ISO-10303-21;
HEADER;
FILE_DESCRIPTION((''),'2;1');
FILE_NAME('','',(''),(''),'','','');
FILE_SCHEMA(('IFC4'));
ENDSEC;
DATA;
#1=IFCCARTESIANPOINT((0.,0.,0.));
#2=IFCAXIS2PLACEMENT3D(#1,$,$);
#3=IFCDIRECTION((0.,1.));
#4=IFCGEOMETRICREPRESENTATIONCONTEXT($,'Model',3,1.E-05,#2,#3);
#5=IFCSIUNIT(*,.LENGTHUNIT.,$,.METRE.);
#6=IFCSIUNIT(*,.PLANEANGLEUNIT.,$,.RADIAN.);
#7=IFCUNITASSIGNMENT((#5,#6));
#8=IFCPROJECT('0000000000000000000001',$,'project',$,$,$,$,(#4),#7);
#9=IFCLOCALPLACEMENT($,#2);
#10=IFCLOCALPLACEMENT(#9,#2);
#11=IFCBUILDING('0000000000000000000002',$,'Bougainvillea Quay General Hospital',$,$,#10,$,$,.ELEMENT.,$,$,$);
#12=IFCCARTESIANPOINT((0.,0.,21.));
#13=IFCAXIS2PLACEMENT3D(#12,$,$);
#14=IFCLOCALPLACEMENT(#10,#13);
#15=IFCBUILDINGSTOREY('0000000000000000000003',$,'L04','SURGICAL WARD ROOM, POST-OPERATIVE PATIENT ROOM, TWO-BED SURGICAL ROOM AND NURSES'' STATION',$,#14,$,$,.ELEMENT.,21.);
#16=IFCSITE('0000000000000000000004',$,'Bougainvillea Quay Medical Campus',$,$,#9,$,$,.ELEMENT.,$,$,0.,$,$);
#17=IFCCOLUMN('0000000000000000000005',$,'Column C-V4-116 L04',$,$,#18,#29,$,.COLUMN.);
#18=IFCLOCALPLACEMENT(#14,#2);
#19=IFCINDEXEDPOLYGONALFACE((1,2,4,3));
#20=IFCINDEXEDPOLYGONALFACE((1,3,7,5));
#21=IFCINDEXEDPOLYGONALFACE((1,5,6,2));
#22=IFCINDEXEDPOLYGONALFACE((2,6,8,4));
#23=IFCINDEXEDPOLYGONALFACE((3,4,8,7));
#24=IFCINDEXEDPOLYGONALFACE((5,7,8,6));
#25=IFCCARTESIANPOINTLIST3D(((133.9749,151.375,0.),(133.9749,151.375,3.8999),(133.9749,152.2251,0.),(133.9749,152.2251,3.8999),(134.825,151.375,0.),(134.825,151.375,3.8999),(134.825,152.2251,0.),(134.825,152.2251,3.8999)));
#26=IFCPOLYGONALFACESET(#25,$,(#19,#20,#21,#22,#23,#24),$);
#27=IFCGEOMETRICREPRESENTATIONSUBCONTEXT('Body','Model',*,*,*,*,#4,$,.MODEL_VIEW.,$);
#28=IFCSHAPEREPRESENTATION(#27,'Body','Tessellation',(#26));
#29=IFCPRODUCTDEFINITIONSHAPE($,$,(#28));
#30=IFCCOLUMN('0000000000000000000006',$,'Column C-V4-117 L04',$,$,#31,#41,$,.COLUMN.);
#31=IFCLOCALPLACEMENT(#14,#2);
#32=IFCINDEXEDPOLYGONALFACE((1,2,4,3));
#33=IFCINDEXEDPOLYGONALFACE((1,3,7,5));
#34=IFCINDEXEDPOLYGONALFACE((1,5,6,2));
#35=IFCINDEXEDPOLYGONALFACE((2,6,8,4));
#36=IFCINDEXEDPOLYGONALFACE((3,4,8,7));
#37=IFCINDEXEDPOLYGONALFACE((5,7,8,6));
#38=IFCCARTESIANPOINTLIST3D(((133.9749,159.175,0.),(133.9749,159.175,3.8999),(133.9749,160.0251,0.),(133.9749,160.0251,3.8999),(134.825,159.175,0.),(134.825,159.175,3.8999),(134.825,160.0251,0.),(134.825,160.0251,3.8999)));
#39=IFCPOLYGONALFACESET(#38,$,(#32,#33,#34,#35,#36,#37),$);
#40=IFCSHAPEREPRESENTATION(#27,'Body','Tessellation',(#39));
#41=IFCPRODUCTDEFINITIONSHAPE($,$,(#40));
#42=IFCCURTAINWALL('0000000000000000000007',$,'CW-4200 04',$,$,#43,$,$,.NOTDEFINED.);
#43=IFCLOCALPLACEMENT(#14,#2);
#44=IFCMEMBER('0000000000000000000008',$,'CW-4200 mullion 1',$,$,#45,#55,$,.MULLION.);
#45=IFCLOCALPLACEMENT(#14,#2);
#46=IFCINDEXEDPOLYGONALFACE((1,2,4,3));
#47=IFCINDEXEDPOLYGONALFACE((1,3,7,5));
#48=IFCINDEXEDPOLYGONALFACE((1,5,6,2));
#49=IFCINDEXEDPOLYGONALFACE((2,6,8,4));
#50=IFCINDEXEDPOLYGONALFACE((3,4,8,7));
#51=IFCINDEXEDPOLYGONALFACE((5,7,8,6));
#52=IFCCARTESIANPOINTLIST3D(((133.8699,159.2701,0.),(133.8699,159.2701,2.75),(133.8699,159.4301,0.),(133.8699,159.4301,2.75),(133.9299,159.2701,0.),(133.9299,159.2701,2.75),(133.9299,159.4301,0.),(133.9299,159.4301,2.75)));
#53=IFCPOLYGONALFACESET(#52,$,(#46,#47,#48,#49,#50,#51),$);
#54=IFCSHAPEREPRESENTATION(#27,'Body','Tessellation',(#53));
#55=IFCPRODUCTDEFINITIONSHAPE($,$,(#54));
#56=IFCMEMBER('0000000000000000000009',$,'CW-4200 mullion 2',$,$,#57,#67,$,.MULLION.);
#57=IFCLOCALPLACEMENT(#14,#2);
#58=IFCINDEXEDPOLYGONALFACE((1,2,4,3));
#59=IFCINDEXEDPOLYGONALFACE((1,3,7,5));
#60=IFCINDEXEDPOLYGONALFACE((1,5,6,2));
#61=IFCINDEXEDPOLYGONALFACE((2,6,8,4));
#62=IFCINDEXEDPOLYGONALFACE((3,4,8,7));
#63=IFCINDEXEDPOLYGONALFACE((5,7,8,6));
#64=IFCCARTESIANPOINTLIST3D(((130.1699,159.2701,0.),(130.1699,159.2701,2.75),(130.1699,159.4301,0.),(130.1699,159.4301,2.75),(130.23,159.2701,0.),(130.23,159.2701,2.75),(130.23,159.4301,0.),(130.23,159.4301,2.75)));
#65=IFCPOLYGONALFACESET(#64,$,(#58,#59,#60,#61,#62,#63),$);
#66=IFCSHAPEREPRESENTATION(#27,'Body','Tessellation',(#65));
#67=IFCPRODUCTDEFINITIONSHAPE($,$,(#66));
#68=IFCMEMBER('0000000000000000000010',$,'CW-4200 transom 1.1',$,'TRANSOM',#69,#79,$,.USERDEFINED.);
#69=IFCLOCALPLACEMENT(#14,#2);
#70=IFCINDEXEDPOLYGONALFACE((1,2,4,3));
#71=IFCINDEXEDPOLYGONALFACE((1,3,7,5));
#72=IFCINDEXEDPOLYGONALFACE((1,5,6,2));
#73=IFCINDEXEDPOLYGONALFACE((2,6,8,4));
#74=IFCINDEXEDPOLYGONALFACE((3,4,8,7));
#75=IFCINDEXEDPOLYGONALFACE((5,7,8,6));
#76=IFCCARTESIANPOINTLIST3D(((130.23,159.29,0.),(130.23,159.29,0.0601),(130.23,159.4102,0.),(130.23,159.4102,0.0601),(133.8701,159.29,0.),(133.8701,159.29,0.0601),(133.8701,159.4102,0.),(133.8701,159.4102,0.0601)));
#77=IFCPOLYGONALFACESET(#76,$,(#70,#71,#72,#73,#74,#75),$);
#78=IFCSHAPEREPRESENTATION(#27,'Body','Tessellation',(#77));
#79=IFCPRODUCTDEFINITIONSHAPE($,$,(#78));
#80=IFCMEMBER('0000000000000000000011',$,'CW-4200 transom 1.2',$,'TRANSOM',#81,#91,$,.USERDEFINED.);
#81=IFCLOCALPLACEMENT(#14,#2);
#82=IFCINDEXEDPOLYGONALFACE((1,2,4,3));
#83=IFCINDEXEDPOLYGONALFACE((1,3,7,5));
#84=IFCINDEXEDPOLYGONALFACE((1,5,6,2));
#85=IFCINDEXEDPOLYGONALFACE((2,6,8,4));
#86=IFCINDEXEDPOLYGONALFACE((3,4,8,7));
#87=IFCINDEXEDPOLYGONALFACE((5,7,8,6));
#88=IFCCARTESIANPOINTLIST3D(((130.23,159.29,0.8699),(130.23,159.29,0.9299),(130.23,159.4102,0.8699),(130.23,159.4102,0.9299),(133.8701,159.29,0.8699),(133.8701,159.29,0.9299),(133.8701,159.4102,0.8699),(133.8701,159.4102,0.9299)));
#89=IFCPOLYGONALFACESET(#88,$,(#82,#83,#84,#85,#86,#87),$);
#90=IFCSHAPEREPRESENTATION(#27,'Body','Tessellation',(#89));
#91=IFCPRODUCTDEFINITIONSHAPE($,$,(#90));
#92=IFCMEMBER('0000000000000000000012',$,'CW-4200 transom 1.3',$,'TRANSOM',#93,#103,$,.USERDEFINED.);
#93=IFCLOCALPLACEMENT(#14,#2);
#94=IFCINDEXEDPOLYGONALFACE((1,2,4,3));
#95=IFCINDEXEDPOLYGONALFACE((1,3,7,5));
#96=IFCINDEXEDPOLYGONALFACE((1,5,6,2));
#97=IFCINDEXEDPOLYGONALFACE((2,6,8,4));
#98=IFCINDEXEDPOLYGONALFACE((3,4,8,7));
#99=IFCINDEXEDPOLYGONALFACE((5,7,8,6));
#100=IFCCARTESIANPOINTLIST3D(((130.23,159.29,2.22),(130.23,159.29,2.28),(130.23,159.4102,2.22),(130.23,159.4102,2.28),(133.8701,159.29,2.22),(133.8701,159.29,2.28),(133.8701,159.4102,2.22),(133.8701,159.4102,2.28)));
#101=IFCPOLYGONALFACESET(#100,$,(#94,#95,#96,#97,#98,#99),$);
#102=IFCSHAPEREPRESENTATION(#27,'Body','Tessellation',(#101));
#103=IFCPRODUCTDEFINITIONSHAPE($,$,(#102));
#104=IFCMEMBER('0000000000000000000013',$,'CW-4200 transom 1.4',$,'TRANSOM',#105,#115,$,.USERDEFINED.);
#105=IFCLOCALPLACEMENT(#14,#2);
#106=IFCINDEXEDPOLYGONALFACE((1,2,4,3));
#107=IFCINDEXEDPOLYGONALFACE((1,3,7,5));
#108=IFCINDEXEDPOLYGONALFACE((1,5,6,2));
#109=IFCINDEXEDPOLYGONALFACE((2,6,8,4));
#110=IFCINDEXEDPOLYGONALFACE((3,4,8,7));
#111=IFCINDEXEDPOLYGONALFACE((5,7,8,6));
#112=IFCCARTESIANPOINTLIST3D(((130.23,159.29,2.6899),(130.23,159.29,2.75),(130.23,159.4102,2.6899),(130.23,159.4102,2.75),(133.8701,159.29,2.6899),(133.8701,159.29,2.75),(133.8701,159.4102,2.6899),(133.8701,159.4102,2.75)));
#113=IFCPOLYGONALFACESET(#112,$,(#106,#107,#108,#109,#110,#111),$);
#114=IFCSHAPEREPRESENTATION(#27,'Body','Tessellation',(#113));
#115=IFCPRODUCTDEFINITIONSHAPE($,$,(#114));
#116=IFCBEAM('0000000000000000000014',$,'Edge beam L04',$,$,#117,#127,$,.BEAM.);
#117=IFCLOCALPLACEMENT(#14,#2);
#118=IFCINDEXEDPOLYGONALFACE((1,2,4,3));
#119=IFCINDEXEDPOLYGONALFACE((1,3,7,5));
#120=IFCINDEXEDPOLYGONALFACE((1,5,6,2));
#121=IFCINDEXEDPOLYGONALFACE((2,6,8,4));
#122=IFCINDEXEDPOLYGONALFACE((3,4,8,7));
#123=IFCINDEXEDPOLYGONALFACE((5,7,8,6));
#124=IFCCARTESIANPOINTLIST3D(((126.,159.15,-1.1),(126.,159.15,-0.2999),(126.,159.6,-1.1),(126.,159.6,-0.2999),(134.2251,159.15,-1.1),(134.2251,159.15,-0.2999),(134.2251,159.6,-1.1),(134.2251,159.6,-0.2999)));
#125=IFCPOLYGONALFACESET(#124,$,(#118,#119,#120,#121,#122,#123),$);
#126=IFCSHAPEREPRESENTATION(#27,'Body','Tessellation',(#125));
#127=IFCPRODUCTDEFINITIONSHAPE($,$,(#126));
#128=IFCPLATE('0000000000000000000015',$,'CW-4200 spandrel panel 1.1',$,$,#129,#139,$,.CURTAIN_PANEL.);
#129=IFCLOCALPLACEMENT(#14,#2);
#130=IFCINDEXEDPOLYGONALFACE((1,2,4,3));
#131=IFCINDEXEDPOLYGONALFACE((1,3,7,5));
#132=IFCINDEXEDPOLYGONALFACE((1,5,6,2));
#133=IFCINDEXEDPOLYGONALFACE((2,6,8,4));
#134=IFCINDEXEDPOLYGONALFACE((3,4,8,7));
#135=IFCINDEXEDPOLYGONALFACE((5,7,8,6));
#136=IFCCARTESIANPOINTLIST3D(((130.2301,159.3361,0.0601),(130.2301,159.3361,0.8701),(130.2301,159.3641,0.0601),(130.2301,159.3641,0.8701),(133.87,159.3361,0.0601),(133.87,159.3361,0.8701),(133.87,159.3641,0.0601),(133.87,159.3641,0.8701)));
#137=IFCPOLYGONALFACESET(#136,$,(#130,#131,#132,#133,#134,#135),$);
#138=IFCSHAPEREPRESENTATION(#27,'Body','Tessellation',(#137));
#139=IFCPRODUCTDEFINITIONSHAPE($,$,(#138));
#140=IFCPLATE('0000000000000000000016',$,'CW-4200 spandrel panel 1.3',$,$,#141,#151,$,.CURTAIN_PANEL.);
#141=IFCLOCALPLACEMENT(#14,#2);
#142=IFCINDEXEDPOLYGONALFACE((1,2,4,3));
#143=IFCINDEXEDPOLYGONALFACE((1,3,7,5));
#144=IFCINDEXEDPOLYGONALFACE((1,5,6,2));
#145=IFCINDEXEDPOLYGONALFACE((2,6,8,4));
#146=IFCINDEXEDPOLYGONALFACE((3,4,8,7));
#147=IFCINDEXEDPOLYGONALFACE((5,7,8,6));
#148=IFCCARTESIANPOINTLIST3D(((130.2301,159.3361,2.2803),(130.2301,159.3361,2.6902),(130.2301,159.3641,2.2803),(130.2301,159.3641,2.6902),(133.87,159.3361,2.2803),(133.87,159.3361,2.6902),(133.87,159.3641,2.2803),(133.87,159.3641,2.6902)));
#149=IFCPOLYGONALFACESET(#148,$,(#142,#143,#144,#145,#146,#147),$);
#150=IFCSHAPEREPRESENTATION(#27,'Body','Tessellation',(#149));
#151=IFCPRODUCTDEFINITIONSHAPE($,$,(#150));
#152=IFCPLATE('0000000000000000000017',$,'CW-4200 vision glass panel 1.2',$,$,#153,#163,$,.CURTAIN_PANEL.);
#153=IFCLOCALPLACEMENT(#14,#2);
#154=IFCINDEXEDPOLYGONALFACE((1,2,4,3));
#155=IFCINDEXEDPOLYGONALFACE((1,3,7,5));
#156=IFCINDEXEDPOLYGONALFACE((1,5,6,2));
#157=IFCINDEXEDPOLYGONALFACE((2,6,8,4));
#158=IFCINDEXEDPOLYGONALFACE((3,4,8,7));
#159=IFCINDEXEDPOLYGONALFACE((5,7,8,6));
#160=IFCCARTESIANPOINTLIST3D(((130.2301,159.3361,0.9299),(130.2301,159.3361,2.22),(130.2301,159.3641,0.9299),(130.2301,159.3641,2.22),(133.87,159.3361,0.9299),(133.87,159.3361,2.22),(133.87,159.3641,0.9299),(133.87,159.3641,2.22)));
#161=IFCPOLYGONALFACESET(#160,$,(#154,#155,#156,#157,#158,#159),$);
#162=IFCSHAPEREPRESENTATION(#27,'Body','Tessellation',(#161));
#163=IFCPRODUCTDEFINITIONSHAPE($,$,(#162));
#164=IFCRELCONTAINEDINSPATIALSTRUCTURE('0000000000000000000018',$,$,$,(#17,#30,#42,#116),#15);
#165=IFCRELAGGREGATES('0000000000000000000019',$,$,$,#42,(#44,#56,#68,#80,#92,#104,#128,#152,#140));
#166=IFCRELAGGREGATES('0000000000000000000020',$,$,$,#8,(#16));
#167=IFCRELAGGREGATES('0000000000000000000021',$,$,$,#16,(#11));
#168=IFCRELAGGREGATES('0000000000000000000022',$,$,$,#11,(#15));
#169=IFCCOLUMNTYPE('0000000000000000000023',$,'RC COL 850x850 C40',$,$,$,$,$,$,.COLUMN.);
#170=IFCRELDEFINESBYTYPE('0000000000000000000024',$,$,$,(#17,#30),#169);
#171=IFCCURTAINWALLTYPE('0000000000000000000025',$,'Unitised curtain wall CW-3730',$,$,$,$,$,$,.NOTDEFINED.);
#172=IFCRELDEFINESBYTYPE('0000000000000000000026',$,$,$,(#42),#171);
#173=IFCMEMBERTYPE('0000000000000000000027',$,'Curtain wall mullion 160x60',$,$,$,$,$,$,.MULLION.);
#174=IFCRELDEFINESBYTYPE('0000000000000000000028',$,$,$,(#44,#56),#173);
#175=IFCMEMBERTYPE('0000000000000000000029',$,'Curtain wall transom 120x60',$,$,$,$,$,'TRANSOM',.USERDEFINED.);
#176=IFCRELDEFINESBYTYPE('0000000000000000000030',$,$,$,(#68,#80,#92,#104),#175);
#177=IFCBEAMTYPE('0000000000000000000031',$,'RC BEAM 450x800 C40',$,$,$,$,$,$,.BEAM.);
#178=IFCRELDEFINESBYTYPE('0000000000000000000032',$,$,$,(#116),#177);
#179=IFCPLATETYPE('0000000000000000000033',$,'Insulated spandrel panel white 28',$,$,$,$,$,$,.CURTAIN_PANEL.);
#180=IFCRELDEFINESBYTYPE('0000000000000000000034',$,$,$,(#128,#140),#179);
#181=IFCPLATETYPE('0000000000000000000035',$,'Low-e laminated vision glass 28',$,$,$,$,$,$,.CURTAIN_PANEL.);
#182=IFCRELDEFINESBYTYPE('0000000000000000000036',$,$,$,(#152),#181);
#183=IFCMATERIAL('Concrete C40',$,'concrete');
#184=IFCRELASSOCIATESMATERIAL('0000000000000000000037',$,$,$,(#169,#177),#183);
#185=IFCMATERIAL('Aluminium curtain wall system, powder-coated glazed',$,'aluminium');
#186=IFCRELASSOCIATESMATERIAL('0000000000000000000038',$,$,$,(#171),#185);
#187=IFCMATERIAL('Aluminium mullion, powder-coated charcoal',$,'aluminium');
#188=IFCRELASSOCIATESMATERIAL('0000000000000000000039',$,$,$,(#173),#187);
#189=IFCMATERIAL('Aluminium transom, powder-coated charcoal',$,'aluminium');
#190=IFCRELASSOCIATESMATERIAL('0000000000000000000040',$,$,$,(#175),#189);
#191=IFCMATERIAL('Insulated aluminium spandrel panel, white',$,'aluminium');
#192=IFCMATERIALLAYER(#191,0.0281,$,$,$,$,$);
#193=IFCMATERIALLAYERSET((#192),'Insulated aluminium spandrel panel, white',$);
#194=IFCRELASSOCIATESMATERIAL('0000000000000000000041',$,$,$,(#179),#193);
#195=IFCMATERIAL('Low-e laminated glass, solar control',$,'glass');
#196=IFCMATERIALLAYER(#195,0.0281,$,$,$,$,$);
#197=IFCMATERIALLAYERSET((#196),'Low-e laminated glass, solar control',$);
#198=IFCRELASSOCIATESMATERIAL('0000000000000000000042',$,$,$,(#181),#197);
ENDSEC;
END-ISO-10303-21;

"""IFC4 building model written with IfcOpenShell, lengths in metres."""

from ifc_helpers import new_model, si_unit, direction, frame, origin, origin_2d, place, context, subcontext, project, spatial, rectangle, extrude, material, layer, layer_set, material_profile, profile_set, type_object, element, aggregate, save


model = new_model("IFC4")

# Units and contexts
model_context = context("Model", 3, precision=1e-05, world=origin(), true_north=direction((0.0, 1.0)))
body_context = subcontext(model_context, "Body", "Model", "MODEL_VIEW")
ifc_project = project(units=[si_unit("LENGTHUNIT", "METRE"), si_unit("PLANEANGLEUNIT", "RADIAN")], contexts=[model_context])

# Site, building, storey
site_placement = place(None, origin())
site = spatial("IfcSite", under=ifc_project, at=site_placement, Name="Bougainvillea Quay Medical Campus", CompositionType="ELEMENT", RefElevation=0.0)
building_placement = place(site_placement, origin())
building = spatial("IfcBuilding", under=site, at=building_placement, Name="Bougainvillea Quay General Hospital", CompositionType="ELEMENT")
storey_placement = place(building_placement, frame((0.0, 0.0, 21.0)))
storey = spatial("IfcBuildingStorey", under=building, at=storey_placement, Name="L04", Description="SURGICAL WARD ROOM, POST-OPERATIVE PATIENT ROOM, TWO-BED SURGICAL ROOM AND NURSES' STATION", CompositionType="ELEMENT", Elevation=21.0)

# Columns
ifc_material_1 = material(Name="Concrete C40", Category="concrete")
ifc_material_profile_1 = material_profile(ifc_material_1, rectangle(XDim=0.8501, YDim=0.8501, at=origin_2d()))
ifc_profile_set_1 = profile_set([ifc_material_profile_1], Name="Concrete C40")
column_type = type_object("IfcColumnType", Name="RC COL 850x850 C40", PredefinedType="COLUMN", material=ifc_profile_set_1)
for number, where, z_axis, x_axis, name in (
    (1, (134.3999, 151.8, 0.0), (0.0, 0.0, 1.0), (1.0, 0.0, 0.0), "Column C-V4-116 L04"),
    (2, (134.3999, 159.6001, 0.0), (0.0, 0.0, 1.0), (1.0, 0.0, 0.0), "Column C-V4-117 L04"),
):
    element("IfcColumn", number, at=place(storey_placement, frame(where, z_axis=z_axis, x_axis=x_axis)), inside=storey, type_object=column_type, Name=name, PredefinedType="COLUMN", context=body_context, shape_type="SweptSolid", body=[
        extrude(rectangle(XDim=0.8501, YDim=0.8501, at=origin_2d()), origin(), (0.0, 0.0, 1.0), 3.8999),
    ])

# Curtain wall, members
ifc_material_2 = material(Name="Aluminium curtain wall system, powder-coated glazed", Category="aluminium")
curtain_wall_type = type_object("IfcCurtainWallType", Name="Unitised curtain wall CW-3730", PredefinedType="NOTDEFINED", material=ifc_material_2)
curtain_wall_placement = place(storey_placement, origin())
curtain_wall = element("IfcCurtainWall", 3, at=curtain_wall_placement, inside=storey, type_object=curtain_wall_type, Name="CW-4200 04", PredefinedType="NOTDEFINED")
ifc_material_3 = material(Name="Aluminium mullion, powder-coated charcoal", Category="aluminium")
ifc_material_profile_2 = material_profile(ifc_material_3, rectangle(XDim=0.1599, YDim=0.0601, at=origin_2d()))
ifc_profile_set_2 = profile_set([ifc_material_profile_2], Name="Aluminium mullion, powder-coated charcoal")
member_type_1 = type_object("IfcMemberType", Name="Curtain wall mullion 160x60", PredefinedType="MULLION", material=ifc_profile_set_2)
member_1_placement = place(storey_placement, frame((133.8999, 159.3501, 0.0), z_axis=(0.0, 0.0, 1.0), x_axis=(0.0, -1.0, 0.0)))
member_1 = element("IfcMember", 4, at=member_1_placement, type_object=member_type_1, Name="CW-4200 mullion 1", PredefinedType="MULLION", context=body_context, shape_type="SweptSolid", body=[
    extrude(rectangle(XDim=0.1599, YDim=0.0601, at=origin_2d()), origin(), (0.0, 0.0, 1.0), 2.75),
])
member_2_placement = place(storey_placement, frame((130.2, 159.3501, 0.0), z_axis=(0.0, 0.0, 1.0), x_axis=(0.0, -1.0, 0.0)))
member_2 = element("IfcMember", 5, at=member_2_placement, type_object=member_type_1, Name="CW-4200 mullion 2", PredefinedType="MULLION", context=body_context, shape_type="SweptSolid", body=[
    extrude(rectangle(XDim=0.1599, YDim=0.0601, at=origin_2d()), origin(), (0.0, 0.0, 1.0), 2.75),
])
ifc_material_4 = material(Name="Aluminium transom, powder-coated charcoal", Category="aluminium")
ifc_material_profile_3 = material_profile(ifc_material_4, rectangle(XDim=0.1201, YDim=0.0601, at=origin_2d()))
ifc_profile_set_3 = profile_set([ifc_material_profile_3], Name="Aluminium transom, powder-coated charcoal")
member_type_2 = type_object("IfcMemberType", Name="Curtain wall transom 120x60", ElementType="TRANSOM", PredefinedType="USERDEFINED", material=ifc_profile_set_3)
member_3_placement = place(storey_placement, frame((133.8701, 159.3501, 0.03), z_axis=(-1.0, 0.0, 0.0), x_axis=(0.0, -1.0, 0.0)))
member_3 = element("IfcMember", 6, at=member_3_placement, type_object=member_type_2, Name="CW-4200 transom 1.1", ObjectType="TRANSOM", PredefinedType="USERDEFINED", context=body_context, shape_type="SweptSolid", body=[
    extrude(rectangle(XDim=0.1201, YDim=0.0601, at=origin_2d()), origin(), (0.0, 0.0, 1.0), 3.6401),
])
member_4_placement = place(storey_placement, frame((133.8701, 159.3501, 0.8999), z_axis=(-1.0, 0.0, 0.0), x_axis=(0.0, -1.0, 0.0)))
member_4 = element("IfcMember", 7, at=member_4_placement, type_object=member_type_2, Name="CW-4200 transom 1.2", ObjectType="TRANSOM", PredefinedType="USERDEFINED", context=body_context, shape_type="SweptSolid", body=[
    extrude(rectangle(XDim=0.1201, YDim=0.0601, at=origin_2d()), origin(), (0.0, 0.0, 1.0), 3.6401),
])
member_5_placement = place(storey_placement, frame((133.8701, 159.3501, 2.25), z_axis=(-1.0, 0.0, 0.0), x_axis=(0.0, -1.0, 0.0)))
member_5 = element("IfcMember", 8, at=member_5_placement, type_object=member_type_2, Name="CW-4200 transom 1.3", ObjectType="TRANSOM", PredefinedType="USERDEFINED", context=body_context, shape_type="SweptSolid", body=[
    extrude(rectangle(XDim=0.1201, YDim=0.0601, at=origin_2d()), origin(), (0.0, 0.0, 1.0), 3.6401),
])
member_6_placement = place(storey_placement, frame((133.8701, 159.3501, 2.72), z_axis=(-1.0, 0.0, 0.0), x_axis=(0.0, -1.0, 0.0)))
member_6 = element("IfcMember", 9, at=member_6_placement, type_object=member_type_2, Name="CW-4200 transom 1.4", ObjectType="TRANSOM", PredefinedType="USERDEFINED", context=body_context, shape_type="SweptSolid", body=[
    extrude(rectangle(XDim=0.1201, YDim=0.0601, at=origin_2d()), origin(), (0.0, 0.0, 1.0), 3.6401),
])

# Beam
ifc_material_profile_4 = material_profile(ifc_material_1, rectangle(XDim=0.45, YDim=0.8, at=origin_2d()))
ifc_profile_set_4 = profile_set([ifc_material_profile_4], Name="Concrete C40")
beam_type = type_object("IfcBeamType", Name="RC BEAM 450x800 C40", PredefinedType="BEAM", material=ifc_profile_set_4)
beam_placement = place(storey_placement, frame((134.2251, 159.375, -0.7), z_axis=(-1.0, 0.0, 0.0), x_axis=(0.0, -1.0, 0.0)))
element("IfcBeam", 10, at=beam_placement, inside=storey, type_object=beam_type, Name="Edge beam L04", PredefinedType="BEAM", context=body_context, shape_type="SweptSolid", body=[
    extrude(rectangle(XDim=0.45, YDim=0.8, at=origin_2d()), origin(), (0.0, 0.0, 1.0), 8.2251),
])

# Plates
ifc_material_5 = material(Name="Insulated aluminium spandrel panel, white", Category="aluminium")
ifc_layer_1 = layer(ifc_material_5, 0.0281)
ifc_layer_set_1 = layer_set([ifc_layer_1], Name="Insulated aluminium spandrel panel, white")
plate_type_1 = type_object("IfcPlateType", Name="Insulated spandrel panel white 28", PredefinedType="CURTAIN_PANEL", material=ifc_layer_set_1)
plate_1_placement = place(storey_placement, frame((132.05, 159.3501, 0.0601), z_axis=(0.0, 0.0, 1.0), x_axis=(-1.0, 0.0, 0.0)))
plate_1 = element("IfcPlate", 11, at=plate_1_placement, type_object=plate_type_1, Name="CW-4200 spandrel panel 1.1", PredefinedType="CURTAIN_PANEL", context=body_context, shape_type="SweptSolid", body=[
    extrude(rectangle(XDim=3.6399, YDim=0.0281, at=origin_2d()), origin(), (0.0, 0.0, 1.0), 0.8101),
])
plate_2_placement = place(storey_placement, frame((132.05, 159.3501, 2.2803), z_axis=(0.0, 0.0, 1.0), x_axis=(-1.0, 0.0, 0.0)))
plate_2 = element("IfcPlate", 12, at=plate_2_placement, type_object=plate_type_1, Name="CW-4200 spandrel panel 1.3", PredefinedType="CURTAIN_PANEL", context=body_context, shape_type="SweptSolid", body=[
    extrude(rectangle(XDim=3.6399, YDim=0.0281, at=origin_2d()), origin(), (0.0, 0.0, 1.0), 0.4099),
])
ifc_material_6 = material(Name="Low-e laminated glass, solar control", Category="glass")
ifc_layer_2 = layer(ifc_material_6, 0.0281)
ifc_layer_set_2 = layer_set([ifc_layer_2], Name="Low-e laminated glass, solar control")
plate_type_2 = type_object("IfcPlateType", Name="Low-e laminated vision glass 28", PredefinedType="CURTAIN_PANEL", material=ifc_layer_set_2)
plate_3_placement = place(storey_placement, frame((132.05, 159.3501, 0.9299), z_axis=(0.0, 0.0, 1.0), x_axis=(-1.0, 0.0, 0.0)))
plate_3 = element("IfcPlate", 13, at=plate_3_placement, type_object=plate_type_2, Name="CW-4200 vision glass panel 1.2", PredefinedType="CURTAIN_PANEL", context=body_context, shape_type="SweptSolid", body=[
    extrude(rectangle(XDim=3.6399, YDim=0.0281, at=origin_2d()), origin(), (0.0, 0.0, 1.0), 1.29),
])
aggregate(curtain_wall, [member_1, member_2, member_3, member_4, member_5, member_6, plate_1, plate_3, plate_2])

save(model, "model.ifc")
